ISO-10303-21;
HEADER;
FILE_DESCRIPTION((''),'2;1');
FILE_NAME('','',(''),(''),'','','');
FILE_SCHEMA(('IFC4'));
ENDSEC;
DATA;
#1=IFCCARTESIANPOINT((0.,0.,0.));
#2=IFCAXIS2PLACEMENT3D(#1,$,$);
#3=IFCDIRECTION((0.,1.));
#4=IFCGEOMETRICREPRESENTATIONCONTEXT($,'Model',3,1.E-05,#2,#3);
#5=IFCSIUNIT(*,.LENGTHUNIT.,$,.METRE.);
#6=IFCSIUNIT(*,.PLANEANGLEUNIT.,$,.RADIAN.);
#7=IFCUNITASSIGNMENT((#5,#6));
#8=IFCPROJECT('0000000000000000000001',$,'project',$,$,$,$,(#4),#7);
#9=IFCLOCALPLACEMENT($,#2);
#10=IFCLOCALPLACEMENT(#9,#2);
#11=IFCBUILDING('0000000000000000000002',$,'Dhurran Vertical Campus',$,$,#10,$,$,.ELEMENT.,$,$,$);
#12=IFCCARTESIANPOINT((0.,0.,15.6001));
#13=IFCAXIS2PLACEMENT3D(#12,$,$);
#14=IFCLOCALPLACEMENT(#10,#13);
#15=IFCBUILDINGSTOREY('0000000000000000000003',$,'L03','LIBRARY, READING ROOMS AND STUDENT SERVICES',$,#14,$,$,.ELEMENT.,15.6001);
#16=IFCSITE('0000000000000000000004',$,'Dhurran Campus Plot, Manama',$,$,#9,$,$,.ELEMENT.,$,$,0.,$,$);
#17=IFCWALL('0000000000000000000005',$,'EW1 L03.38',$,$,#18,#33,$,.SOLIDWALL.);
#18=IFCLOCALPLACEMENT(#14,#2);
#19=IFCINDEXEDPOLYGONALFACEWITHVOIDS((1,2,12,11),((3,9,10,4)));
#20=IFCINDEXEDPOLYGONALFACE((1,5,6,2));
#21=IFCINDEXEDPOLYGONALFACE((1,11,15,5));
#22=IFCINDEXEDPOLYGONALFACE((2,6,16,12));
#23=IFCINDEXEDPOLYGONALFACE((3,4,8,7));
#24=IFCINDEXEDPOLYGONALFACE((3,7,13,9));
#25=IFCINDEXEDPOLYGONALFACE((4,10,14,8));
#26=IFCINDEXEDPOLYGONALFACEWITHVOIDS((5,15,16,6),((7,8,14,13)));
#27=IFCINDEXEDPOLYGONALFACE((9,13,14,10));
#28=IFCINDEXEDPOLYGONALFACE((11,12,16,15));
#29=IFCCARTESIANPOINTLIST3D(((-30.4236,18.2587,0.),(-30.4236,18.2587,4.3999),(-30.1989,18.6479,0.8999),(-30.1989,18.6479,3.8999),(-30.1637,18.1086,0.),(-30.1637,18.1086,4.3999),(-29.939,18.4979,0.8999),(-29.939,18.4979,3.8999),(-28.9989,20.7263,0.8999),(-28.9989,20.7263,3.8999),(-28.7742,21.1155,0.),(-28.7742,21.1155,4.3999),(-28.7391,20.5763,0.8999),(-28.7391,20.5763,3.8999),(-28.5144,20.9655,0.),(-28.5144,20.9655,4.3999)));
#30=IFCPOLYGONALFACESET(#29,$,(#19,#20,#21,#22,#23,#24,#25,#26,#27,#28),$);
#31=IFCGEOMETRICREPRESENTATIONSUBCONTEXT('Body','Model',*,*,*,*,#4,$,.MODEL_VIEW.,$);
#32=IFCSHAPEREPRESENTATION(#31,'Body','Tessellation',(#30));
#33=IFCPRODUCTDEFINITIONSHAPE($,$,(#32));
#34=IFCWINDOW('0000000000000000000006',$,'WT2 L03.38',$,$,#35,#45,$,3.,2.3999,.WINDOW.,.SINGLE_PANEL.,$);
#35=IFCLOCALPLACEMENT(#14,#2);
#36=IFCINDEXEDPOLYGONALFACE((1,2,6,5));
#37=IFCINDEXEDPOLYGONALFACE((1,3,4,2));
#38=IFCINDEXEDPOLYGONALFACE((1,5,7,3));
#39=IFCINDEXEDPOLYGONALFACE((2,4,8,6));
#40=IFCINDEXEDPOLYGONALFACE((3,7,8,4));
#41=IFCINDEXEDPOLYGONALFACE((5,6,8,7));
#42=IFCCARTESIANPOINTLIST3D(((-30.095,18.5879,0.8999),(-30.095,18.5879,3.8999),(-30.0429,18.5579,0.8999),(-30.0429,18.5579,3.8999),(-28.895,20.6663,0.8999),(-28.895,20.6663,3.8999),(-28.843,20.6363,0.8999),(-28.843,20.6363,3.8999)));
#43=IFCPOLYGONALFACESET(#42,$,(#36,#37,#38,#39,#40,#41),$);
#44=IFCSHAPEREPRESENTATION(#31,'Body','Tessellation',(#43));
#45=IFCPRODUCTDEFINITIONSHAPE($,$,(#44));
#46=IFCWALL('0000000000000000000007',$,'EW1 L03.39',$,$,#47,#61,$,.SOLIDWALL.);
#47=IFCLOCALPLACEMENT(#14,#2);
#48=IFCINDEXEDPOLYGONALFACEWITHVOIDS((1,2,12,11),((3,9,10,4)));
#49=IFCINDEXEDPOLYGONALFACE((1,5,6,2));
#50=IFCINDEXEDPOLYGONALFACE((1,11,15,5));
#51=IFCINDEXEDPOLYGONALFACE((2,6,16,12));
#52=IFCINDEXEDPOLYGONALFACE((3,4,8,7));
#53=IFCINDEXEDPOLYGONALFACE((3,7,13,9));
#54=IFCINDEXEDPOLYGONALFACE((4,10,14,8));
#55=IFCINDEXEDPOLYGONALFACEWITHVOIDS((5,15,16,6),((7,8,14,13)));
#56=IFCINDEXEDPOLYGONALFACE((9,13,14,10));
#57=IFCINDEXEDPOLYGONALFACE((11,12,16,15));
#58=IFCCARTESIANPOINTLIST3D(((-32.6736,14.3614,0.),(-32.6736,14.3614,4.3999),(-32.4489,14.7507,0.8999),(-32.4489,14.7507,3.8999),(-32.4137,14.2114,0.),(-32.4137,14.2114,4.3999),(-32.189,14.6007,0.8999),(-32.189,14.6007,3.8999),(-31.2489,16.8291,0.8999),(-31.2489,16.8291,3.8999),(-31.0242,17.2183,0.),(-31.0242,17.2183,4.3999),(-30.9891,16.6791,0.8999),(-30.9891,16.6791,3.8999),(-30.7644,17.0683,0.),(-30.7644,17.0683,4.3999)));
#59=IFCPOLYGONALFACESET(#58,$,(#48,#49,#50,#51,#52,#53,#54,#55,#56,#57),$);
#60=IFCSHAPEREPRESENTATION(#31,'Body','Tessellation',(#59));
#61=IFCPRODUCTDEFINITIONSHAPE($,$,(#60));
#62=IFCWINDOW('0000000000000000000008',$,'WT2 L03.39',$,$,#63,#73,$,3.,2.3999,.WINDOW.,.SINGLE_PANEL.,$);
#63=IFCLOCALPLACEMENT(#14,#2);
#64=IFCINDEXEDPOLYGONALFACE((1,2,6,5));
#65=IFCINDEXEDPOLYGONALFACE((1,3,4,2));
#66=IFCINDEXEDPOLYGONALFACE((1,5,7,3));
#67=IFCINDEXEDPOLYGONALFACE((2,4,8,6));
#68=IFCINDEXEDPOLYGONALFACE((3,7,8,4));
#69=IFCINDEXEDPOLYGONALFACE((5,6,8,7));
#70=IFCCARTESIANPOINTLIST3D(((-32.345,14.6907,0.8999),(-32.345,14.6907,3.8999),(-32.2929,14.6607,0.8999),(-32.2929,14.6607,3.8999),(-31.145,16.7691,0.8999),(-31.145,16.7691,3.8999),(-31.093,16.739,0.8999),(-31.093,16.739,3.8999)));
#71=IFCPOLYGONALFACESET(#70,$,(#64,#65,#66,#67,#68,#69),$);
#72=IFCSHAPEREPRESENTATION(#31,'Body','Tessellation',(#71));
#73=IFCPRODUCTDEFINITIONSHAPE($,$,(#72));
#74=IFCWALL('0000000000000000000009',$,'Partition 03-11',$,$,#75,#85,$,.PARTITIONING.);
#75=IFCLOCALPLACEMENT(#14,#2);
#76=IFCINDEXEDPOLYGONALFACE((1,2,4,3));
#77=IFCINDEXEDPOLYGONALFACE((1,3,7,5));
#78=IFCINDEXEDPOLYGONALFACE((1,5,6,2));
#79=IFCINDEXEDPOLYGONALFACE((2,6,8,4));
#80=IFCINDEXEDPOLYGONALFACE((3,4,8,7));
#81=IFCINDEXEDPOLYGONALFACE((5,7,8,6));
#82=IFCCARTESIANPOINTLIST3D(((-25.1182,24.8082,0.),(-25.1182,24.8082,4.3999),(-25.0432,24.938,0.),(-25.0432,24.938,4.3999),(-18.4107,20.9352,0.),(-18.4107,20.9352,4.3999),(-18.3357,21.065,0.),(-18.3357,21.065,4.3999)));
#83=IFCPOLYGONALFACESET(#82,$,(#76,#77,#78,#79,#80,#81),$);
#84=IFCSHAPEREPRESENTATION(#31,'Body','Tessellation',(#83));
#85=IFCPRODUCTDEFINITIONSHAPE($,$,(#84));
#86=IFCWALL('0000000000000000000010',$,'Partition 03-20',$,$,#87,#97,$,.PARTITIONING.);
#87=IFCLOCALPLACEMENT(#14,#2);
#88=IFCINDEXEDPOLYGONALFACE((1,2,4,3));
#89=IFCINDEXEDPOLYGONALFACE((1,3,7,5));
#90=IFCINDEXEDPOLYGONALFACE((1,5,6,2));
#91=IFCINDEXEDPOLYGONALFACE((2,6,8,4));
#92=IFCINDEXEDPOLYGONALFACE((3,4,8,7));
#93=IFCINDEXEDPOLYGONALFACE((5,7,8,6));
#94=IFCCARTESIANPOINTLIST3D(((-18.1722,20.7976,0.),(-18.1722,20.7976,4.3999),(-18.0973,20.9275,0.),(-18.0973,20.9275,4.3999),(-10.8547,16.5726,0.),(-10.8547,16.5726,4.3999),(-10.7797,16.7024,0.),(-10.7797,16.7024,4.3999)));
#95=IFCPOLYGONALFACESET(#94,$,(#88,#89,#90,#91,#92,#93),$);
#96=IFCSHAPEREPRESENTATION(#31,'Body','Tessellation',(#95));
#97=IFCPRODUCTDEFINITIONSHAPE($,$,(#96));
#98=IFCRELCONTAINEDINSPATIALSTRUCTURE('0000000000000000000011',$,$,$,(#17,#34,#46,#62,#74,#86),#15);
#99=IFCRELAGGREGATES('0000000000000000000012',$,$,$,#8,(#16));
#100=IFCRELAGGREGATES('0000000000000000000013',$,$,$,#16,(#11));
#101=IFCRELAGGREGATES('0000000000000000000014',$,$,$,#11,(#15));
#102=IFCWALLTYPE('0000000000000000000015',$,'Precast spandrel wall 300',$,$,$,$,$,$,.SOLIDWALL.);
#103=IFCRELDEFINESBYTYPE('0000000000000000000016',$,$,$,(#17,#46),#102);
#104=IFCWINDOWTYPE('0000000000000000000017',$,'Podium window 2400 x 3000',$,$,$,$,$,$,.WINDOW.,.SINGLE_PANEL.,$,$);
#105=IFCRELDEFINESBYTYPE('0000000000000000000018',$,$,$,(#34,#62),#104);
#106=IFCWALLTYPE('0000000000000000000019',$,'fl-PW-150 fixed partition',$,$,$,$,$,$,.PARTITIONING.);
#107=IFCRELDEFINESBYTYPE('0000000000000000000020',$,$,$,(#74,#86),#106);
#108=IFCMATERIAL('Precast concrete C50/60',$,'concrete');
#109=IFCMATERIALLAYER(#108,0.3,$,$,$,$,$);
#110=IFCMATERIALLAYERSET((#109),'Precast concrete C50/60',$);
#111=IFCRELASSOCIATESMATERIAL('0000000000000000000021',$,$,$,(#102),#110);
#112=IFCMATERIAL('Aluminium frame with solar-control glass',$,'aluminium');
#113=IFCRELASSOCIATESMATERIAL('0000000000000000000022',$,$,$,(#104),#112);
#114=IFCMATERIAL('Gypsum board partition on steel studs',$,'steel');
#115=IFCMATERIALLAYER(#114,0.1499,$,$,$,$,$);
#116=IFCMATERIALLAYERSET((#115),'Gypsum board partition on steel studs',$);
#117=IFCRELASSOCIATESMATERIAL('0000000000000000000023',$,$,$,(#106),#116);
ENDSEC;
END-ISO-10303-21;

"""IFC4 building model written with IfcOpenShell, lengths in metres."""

from ifc_helpers import new_model, si_unit, direction, frame, frame_2d, origin, place, context, subcontext, project, spatial, rectangle, extrude, material, layer, layer_set, type_object, element, fill, save


model = new_model("IFC4")

# Units and contexts
model_context = context("Model", 3, precision=1e-05, world=origin(), true_north=direction((0.0, 1.0)))
body_context = subcontext(model_context, "Body", "Model", "MODEL_VIEW")
ifc_project = project(units=[si_unit("LENGTHUNIT", "METRE"), si_unit("PLANEANGLEUNIT", "RADIAN")], contexts=[model_context])

# Site, building, storey
site_placement = place(None, origin())
site = spatial("IfcSite", under=ifc_project, at=site_placement, Name="Dhurran Campus Plot, Manama", CompositionType="ELEMENT", RefElevation=0.0)
building_placement = place(site_placement, origin())
building = spatial("IfcBuilding", under=site, at=building_placement, Name="Dhurran Vertical Campus", CompositionType="ELEMENT")
storey_placement = place(building_placement, frame((0.0, 0.0, 15.6001)))
storey = spatial("IfcBuildingStorey", under=building, at=storey_placement, Name="L03", Description="LIBRARY, READING ROOMS AND STUDENT SERVICES", CompositionType="ELEMENT", Elevation=15.6001)

# Walls, openings, windows
ifc_material_1 = material(Name="Precast concrete C50/60", Category="concrete")
ifc_layer_1 = layer(ifc_material_1, 0.3)
ifc_layer_set_1 = layer_set([ifc_layer_1], Name="Precast concrete C50/60")
wall_type_1 = type_object("IfcWallType", Name="Precast spandrel wall 300", PredefinedType="SOLIDWALL", material=ifc_layer_set_1)
ifc_material_2 = material(Name="Aluminium frame with solar-control glass", Category="aluminium")
window_type = type_object("IfcWindowType", Name="Podium window 2400 x 3000", PartitioningType="SINGLE_PANEL", PredefinedType="WINDOW", material=ifc_material_2)
wall_1_placement = place(storey_placement, frame((-28.6443, 21.0405, 0.0), z_axis=(0.0, 0.0, 1.0), x_axis=(-0.499992, -0.86603, 0.0)))
wall_1 = element("IfcWall", 1, at=wall_1_placement, inside=storey, type_object=wall_type_1, Name="EW1 L03.38", PredefinedType="SOLIDWALL", context=body_context, shape_type="SweptSolid", body=[
    extrude(rectangle(XDim=3.2988, YDim=0.3, at=frame_2d((1.6494, 0.0))), origin(), (0.0, 0.0, 1.0), 4.3999),
])
opening_1_placement = place(wall_1_placement, frame((0.4495, 0.0, 0.8999)))
opening_1 = element("IfcOpeningElement", 2, at=opening_1_placement, cuts=wall_1, PredefinedType="OPENING", context=body_context, shape_type="SweptSolid", body=[
    extrude(rectangle(XDim=2.3999, YDim=3.0, at=frame_2d((1.2, 1.5))), frame((0.0, 0.1599, 0.0), z_axis=(0.0, -1.0, 0.0), x_axis=(1.0, 0.0, 0.0)), (0.0, 0.0, 1.0), 0.3201),
])
window_1_placement = place(opening_1_placement, origin())
window_1 = element("IfcWindow", 3, at=window_1_placement, inside=storey, type_object=window_type, Name="WT2 L03.38", OverallHeight=3.0, OverallWidth=2.3999, PartitioningType="SINGLE_PANEL", PredefinedType="WINDOW", context=body_context, shape_type="SweptSolid", body=[
    extrude(rectangle(XDim=2.3999, YDim=3.0, at=frame_2d((1.2, 1.5))), frame((0.0, 0.03, 0.0), z_axis=(0.0, -1.0, 0.0), x_axis=(1.0, 0.0, 0.0)), (0.0, 0.0, 1.0), 0.0601),
])
fill(opening_1, window_1)
wall_2_placement = place(storey_placement, frame((-30.8943, 17.1433, 0.0), z_axis=(0.0, 0.0, 1.0), x_axis=(-0.499992, -0.86603, 0.0)))
wall_2 = element("IfcWall", 4, at=wall_2_placement, inside=storey, type_object=wall_type_1, Name="EW1 L03.39", PredefinedType="SOLIDWALL", context=body_context, shape_type="SweptSolid", body=[
    extrude(rectangle(XDim=3.2988, YDim=0.3, at=frame_2d((1.6494, 0.0))), origin(), (0.0, 0.0, 1.0), 4.3999),
])
opening_2_placement = place(wall_2_placement, frame((0.4495, 0.0, 0.8999)))
opening_2 = element("IfcOpeningElement", 5, at=opening_2_placement, cuts=wall_2, PredefinedType="OPENING", context=body_context, shape_type="SweptSolid", body=[
    extrude(rectangle(XDim=2.3999, YDim=3.0, at=frame_2d((1.2, 1.5))), frame((0.0, 0.1599, 0.0), z_axis=(0.0, -1.0, 0.0), x_axis=(1.0, 0.0, 0.0)), (0.0, 0.0, 1.0), 0.3201),
])
window_2_placement = place(opening_2_placement, origin())
window_2 = element("IfcWindow", 6, at=window_2_placement, inside=storey, type_object=window_type, Name="WT2 L03.39", OverallHeight=3.0, OverallWidth=2.3999, PartitioningType="SINGLE_PANEL", PredefinedType="WINDOW", context=body_context, shape_type="SweptSolid", body=[
    extrude(rectangle(XDim=2.3999, YDim=3.0, at=frame_2d((1.2, 1.5))), frame((0.0, 0.03, 0.0), z_axis=(0.0, -1.0, 0.0), x_axis=(1.0, 0.0, 0.0)), (0.0, 0.0, 1.0), 0.0601),
])
fill(opening_2, window_2)

# Walls
ifc_material_3 = material(Name="Gypsum board partition on steel studs", Category="steel")
ifc_layer_2 = layer(ifc_material_3, 0.1499)
ifc_layer_set_2 = layer_set([ifc_layer_2], Name="Gypsum board partition on steel studs")
wall_type_2 = type_object("IfcWallType", Name="fl-PW-150 fixed partition", PredefinedType="PARTITIONING", material=ifc_layer_set_2)
wall_3_placement = place(storey_placement, frame((-25.0806, 24.873, 0.0), z_axis=(0.0, 0.0, 1.0), x_axis=(0.866, -0.500044, 0.0)))
element("IfcWall", 7, at=wall_3_placement, inside=storey, type_object=wall_type_2, Name="Partition 03-11", PredefinedType="PARTITIONING", context=body_context, shape_type="SweptSolid", body=[
    extrude(rectangle(XDim=7.7454, YDim=0.1499, at=frame_2d((3.8726, 0.0))), origin(), (0.0, 0.0, 1.0), 4.3999),
])
wall_4_placement = place(storey_placement, frame((-18.1348, 20.8625, 0.0), z_axis=(0.0, 0.0, 1.0), x_axis=(0.866012, -0.500023, 0.0)))
element("IfcWall", 8, at=wall_4_placement, inside=storey, type_object=wall_type_2, Name="Partition 03-20", PredefinedType="PARTITIONING", context=body_context, shape_type="SweptSolid", body=[
    extrude(rectangle(XDim=8.4497, YDim=0.1499, at=frame_2d((4.2249, 0.0))), origin(), (0.0, 0.0, 1.0), 4.3999),
])

save(model, "model.ifc")
